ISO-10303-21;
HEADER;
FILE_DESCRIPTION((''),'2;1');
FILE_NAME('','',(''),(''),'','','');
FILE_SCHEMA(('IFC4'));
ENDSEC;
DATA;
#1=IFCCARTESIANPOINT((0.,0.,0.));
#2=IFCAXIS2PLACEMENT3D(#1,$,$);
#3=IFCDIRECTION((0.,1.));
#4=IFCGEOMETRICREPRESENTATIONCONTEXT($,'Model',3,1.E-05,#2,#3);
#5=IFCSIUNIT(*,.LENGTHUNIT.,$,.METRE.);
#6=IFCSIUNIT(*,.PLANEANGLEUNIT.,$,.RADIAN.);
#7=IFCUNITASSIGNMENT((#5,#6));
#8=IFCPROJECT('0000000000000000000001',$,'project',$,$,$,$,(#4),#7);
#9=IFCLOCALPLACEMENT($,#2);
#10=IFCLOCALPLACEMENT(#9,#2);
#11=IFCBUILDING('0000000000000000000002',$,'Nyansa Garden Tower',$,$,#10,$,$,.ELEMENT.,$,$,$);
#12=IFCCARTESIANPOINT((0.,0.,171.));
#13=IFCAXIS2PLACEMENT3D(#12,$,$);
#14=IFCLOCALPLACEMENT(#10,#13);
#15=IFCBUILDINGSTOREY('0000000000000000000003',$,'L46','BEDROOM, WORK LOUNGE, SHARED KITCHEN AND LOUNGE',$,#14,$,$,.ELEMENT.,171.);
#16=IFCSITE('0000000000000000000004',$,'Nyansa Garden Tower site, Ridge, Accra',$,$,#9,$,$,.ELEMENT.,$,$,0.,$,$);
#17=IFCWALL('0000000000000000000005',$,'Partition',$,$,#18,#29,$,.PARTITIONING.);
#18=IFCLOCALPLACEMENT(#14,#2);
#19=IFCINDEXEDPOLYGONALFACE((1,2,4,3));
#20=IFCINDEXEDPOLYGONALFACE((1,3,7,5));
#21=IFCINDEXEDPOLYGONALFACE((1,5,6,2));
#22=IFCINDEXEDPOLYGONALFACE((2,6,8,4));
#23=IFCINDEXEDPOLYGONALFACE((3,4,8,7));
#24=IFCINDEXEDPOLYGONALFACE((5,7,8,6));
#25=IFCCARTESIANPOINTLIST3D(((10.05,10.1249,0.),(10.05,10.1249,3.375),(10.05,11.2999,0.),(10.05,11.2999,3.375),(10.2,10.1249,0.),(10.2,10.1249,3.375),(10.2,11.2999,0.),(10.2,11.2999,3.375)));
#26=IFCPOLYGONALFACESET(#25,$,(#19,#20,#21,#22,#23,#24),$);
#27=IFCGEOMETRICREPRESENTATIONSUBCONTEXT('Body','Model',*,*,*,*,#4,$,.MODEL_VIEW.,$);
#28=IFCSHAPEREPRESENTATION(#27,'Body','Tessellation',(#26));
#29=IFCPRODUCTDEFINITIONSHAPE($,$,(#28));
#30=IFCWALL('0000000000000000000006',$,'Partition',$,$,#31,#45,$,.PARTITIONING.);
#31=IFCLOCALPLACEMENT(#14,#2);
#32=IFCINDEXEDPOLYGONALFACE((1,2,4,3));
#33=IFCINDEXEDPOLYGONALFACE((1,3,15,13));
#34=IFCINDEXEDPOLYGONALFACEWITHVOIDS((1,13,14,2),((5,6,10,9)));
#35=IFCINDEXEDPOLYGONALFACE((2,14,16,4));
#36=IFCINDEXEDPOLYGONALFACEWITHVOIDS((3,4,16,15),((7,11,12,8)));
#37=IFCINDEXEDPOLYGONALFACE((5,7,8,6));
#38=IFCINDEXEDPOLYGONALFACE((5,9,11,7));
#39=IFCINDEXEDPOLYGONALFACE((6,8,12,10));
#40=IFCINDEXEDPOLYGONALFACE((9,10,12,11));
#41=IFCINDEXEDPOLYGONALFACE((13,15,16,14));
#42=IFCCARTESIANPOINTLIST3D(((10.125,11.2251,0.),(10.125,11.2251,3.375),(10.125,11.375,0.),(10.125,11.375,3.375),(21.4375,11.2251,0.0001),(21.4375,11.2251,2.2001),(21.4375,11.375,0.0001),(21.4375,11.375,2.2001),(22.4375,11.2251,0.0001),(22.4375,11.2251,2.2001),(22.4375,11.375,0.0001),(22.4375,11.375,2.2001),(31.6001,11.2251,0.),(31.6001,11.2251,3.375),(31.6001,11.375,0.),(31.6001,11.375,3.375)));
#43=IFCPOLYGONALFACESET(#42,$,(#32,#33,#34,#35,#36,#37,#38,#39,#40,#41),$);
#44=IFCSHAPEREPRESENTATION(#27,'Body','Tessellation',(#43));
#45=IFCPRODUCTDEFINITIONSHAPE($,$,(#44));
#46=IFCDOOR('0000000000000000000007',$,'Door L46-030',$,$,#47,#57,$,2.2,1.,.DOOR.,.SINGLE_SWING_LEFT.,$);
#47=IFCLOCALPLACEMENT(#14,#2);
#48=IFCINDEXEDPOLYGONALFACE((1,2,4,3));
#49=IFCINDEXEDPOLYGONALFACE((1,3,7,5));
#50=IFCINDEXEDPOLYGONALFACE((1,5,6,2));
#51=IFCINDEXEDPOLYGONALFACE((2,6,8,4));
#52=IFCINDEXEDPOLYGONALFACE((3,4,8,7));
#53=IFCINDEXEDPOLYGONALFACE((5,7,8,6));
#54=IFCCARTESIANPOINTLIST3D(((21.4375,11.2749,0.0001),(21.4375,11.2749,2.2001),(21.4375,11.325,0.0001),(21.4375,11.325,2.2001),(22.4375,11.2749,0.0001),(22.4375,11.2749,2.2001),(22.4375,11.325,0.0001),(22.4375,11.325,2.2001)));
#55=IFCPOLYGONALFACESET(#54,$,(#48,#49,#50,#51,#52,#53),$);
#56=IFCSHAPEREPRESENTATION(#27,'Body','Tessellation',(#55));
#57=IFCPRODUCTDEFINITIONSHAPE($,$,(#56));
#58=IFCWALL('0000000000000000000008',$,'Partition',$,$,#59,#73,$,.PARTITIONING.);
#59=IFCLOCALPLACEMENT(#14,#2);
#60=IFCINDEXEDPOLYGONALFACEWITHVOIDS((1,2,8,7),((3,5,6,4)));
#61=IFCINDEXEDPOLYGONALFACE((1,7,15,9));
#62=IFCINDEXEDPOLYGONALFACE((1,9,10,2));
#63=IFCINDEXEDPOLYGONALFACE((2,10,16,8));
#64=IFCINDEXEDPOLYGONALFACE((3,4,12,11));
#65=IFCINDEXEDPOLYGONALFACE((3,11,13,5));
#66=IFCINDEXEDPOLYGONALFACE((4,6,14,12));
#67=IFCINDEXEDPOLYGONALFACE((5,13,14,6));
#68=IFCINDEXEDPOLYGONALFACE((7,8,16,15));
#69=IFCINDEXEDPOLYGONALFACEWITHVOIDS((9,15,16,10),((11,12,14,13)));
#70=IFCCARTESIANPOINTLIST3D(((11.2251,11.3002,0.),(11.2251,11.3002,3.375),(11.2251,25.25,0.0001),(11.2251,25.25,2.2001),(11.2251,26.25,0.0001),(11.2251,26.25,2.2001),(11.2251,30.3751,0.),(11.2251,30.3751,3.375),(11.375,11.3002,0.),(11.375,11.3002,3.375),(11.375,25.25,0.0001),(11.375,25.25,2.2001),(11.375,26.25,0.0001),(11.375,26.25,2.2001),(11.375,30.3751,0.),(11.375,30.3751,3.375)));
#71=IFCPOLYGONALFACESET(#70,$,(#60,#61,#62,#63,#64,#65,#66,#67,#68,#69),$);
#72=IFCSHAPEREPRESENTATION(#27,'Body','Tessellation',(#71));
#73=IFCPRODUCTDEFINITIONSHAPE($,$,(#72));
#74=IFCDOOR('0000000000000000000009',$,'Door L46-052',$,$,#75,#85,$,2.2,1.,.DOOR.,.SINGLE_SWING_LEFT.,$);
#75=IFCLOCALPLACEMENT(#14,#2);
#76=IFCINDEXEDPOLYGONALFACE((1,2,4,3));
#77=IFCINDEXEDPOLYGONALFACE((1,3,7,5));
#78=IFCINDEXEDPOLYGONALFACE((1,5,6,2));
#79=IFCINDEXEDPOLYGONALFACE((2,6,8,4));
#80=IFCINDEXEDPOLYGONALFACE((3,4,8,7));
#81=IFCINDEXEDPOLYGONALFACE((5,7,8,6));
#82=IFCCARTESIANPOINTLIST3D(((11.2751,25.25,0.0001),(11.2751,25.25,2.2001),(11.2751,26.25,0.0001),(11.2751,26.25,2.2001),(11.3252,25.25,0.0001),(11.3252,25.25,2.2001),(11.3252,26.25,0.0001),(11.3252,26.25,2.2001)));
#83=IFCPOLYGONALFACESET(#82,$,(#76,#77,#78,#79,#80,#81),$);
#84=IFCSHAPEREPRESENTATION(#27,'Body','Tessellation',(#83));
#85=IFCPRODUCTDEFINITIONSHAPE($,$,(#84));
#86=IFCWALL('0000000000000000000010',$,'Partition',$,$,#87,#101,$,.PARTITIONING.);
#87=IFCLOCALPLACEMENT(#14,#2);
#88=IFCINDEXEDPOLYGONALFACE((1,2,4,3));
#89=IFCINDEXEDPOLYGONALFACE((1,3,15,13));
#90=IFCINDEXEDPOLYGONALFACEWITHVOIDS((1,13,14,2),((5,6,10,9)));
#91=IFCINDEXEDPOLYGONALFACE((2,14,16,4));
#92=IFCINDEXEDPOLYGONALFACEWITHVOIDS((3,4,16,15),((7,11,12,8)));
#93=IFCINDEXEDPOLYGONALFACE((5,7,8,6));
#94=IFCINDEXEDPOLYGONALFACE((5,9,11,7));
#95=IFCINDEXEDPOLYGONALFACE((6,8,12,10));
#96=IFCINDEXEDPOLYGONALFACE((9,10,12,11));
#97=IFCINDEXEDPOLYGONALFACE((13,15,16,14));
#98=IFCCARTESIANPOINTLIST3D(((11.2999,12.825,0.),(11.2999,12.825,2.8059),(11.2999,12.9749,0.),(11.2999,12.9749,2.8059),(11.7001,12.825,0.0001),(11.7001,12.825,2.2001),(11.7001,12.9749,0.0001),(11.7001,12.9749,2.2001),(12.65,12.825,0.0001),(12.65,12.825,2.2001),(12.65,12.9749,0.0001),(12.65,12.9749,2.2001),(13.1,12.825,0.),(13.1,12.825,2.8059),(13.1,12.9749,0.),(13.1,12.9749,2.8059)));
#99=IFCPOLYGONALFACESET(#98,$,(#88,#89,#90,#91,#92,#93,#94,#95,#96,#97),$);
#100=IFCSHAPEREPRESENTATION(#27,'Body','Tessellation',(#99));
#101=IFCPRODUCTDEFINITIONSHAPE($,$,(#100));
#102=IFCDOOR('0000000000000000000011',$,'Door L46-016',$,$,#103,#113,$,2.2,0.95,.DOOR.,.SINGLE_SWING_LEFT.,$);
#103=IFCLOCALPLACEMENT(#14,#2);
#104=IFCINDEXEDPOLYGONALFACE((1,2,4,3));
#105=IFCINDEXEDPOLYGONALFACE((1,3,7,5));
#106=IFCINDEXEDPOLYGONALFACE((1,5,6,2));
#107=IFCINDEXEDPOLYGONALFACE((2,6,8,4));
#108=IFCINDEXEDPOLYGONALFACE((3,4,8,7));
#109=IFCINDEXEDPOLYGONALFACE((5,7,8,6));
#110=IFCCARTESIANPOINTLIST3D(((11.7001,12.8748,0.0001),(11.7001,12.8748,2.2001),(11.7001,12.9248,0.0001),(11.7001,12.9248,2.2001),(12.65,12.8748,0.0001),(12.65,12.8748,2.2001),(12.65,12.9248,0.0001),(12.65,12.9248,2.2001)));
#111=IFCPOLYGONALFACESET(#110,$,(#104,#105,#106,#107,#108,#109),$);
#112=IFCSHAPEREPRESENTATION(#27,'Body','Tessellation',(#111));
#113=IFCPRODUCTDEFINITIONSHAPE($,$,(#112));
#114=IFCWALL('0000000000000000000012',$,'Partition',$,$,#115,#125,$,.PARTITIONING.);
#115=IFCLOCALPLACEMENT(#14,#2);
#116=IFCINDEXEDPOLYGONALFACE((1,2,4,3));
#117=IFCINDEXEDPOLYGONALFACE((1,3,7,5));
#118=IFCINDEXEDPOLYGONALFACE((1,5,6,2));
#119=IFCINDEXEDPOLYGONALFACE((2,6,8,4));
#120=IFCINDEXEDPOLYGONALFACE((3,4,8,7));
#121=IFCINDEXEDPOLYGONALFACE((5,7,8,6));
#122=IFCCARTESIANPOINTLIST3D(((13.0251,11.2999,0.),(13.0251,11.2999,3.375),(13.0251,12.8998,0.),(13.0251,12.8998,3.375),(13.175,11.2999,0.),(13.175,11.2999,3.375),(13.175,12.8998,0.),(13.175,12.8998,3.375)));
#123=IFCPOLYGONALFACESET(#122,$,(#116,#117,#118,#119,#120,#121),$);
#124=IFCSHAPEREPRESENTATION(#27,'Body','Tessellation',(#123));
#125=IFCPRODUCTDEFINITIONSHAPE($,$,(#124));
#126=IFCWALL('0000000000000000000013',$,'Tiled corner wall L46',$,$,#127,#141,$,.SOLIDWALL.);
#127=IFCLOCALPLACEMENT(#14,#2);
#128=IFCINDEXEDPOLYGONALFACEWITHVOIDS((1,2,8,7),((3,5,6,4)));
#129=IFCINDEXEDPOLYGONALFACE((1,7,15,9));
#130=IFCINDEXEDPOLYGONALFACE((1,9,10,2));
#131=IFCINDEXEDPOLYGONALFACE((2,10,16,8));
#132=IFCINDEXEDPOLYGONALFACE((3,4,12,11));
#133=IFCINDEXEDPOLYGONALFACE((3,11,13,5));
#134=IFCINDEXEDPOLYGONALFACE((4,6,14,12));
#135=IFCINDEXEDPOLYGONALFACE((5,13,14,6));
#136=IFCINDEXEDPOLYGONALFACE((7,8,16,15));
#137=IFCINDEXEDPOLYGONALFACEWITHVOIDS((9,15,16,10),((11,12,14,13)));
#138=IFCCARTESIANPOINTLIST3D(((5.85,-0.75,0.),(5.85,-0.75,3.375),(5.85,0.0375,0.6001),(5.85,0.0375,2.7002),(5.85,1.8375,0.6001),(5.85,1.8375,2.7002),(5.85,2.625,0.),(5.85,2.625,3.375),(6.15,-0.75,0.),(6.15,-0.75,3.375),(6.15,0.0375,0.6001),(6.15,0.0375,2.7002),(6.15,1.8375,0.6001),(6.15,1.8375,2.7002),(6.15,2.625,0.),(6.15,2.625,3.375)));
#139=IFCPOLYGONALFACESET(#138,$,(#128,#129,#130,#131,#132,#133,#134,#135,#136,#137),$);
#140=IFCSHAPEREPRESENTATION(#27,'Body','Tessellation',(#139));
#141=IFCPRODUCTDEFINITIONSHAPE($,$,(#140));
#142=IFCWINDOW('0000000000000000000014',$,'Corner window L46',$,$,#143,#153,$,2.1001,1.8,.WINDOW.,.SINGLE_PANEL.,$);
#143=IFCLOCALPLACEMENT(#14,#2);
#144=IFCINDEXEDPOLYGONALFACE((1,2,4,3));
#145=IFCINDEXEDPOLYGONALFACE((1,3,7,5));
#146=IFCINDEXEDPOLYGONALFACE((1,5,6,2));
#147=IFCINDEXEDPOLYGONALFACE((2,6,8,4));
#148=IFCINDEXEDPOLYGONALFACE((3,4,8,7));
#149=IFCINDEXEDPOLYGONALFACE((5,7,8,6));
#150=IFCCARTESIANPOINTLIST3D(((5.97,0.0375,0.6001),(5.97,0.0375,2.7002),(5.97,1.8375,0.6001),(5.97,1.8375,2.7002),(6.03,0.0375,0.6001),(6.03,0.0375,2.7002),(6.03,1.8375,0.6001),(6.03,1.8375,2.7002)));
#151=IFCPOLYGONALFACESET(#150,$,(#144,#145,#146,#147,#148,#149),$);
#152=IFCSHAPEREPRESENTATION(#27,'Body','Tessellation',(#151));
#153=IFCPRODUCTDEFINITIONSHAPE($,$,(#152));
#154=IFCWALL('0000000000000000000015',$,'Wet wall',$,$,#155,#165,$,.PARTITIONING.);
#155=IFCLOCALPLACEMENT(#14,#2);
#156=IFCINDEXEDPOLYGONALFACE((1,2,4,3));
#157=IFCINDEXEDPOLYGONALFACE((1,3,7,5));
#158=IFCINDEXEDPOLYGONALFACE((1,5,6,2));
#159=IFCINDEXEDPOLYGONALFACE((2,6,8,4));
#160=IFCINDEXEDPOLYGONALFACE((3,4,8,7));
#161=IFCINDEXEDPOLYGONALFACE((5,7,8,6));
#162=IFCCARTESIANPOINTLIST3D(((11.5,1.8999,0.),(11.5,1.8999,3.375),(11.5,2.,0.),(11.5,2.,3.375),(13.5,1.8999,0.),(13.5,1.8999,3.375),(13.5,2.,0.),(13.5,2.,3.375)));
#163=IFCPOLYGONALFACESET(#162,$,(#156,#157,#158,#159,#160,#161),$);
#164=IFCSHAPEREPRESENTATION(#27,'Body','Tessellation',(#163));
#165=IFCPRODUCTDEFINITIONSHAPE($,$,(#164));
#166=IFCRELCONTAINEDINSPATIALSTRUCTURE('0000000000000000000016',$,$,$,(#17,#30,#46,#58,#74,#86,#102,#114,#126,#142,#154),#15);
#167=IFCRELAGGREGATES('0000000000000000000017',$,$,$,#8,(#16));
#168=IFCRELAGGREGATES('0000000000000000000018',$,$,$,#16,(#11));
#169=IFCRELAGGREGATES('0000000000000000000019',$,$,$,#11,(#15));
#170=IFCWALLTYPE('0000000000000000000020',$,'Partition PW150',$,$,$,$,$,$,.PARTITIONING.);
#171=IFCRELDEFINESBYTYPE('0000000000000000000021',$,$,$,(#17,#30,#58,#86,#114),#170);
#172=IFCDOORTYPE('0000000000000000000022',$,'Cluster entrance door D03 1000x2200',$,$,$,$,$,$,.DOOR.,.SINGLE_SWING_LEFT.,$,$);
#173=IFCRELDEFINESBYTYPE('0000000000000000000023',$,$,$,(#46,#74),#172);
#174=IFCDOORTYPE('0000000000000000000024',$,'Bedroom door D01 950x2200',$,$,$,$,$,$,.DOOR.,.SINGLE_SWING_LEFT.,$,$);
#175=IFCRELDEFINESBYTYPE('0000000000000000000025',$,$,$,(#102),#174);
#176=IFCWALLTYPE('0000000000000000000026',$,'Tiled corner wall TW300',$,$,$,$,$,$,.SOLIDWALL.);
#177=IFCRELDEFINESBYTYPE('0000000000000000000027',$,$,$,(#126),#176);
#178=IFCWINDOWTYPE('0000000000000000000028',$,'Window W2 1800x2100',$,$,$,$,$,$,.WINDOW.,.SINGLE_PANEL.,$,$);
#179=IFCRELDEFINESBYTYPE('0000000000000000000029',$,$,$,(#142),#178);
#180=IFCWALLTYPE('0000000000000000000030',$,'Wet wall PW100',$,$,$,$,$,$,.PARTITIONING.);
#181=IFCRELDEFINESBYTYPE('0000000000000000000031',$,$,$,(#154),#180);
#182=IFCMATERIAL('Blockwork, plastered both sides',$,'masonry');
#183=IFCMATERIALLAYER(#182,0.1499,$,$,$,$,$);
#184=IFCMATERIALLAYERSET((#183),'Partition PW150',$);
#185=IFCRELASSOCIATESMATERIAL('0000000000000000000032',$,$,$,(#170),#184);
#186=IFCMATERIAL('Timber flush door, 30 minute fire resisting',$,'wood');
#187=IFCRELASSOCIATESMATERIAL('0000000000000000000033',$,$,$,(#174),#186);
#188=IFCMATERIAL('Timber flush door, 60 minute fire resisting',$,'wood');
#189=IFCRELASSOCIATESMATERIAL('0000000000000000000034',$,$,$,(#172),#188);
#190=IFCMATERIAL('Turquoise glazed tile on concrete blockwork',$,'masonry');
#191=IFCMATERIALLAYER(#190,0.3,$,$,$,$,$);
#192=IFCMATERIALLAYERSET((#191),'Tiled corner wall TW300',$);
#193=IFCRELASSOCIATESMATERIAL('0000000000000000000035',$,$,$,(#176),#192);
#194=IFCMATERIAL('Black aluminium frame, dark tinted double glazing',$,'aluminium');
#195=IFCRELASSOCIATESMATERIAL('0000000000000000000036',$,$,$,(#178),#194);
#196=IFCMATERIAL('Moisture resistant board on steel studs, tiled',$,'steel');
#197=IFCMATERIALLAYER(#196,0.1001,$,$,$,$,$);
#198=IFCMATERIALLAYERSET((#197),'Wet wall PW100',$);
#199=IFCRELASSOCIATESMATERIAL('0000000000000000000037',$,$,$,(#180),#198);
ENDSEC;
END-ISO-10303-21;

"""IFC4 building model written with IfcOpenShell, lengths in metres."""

from ifc_helpers import new_model, si_unit, direction, frame, frame_2d, origin, place, context, subcontext, project, spatial, rectangle, extrude, material, layer, layer_set, type_object, element, fill, save


model = new_model("IFC4")

# Units and contexts
model_context = context("Model", 3, precision=1e-05, world=origin(), true_north=direction((0.0, 1.0)))
body_context = subcontext(model_context, "Body", "Model", "MODEL_VIEW")
ifc_project = project(units=[si_unit("LENGTHUNIT", "METRE"), si_unit("PLANEANGLEUNIT", "RADIAN")], contexts=[model_context])

# Site, building, storey
site_placement = place(None, origin())
site = spatial("IfcSite", under=ifc_project, at=site_placement, Name="Nyansa Garden Tower site, Ridge, Accra", CompositionType="ELEMENT", RefElevation=0.0)
building_placement = place(site_placement, origin())
building = spatial("IfcBuilding", under=site, at=building_placement, Name="Nyansa Garden Tower", CompositionType="ELEMENT")
storey_placement = place(building_placement, frame((0.0, 0.0, 171.0)))
storey = spatial("IfcBuildingStorey", under=building, at=storey_placement, Name="L46", Description="BEDROOM, WORK LOUNGE, SHARED KITCHEN AND LOUNGE", CompositionType="ELEMENT", Elevation=171.0)

# Shared definitions
ifc_material_1 = material(Name="Blockwork, plastered both sides", Category="masonry")
ifc_layer_1 = layer(ifc_material_1, 0.1499)
ifc_layer_set_1 = layer_set([ifc_layer_1], Name="Partition PW150")
wall_type_1 = type_object("IfcWallType", Name="Partition PW150", PredefinedType="PARTITIONING", material=ifc_layer_set_1)

# Shared definitions
ifc_material_2 = material(Name="Timber flush door, 30 minute fire resisting", Category="wood")
door_type_1 = type_object("IfcDoorType", Name="Bedroom door D01 950x2200", OperationType="SINGLE_SWING_LEFT", PredefinedType="DOOR", material=ifc_material_2)

# Wall
wall_1_placement = place(storey_placement, frame((10.125, 10.125, 0.0), z_axis=(0.0, 0.0, 1.0), x_axis=(0.0, 1.0, 0.0)))
element("IfcWall", 1, at=wall_1_placement, inside=storey, type_object=wall_type_1, Name="Partition", PredefinedType="PARTITIONING", context=body_context, shape_type="SweptSolid", body=[
    extrude(rectangle(XDim=1.175, YDim=0.1499, at=frame_2d((0.5874, 0.0))), origin(), (0.0, 0.0, 1.0), 3.375),
])

# Walls, openings, doors
wall_2_placement = place(storey_placement, frame((10.125, 11.3, 0.0), z_axis=(0.0, 0.0, 1.0), x_axis=(1.0, 0.0, 0.0)))
wall_2 = element("IfcWall", 2, at=wall_2_placement, inside=storey, type_object=wall_type_1, Name="Partition", PredefinedType="PARTITIONING", context=body_context, shape_type="SweptSolid", body=[
    extrude(rectangle(XDim=21.4751, YDim=0.1499, at=frame_2d((10.7375, 0.0))), origin(), (0.0, 0.0, 1.0), 3.375),
])
opening_1_placement = place(wall_2_placement, frame((11.3125, 0.0, 0.0)))
opening_1 = element("IfcOpeningElement", 3, at=opening_1_placement, cuts=wall_2, PredefinedType="OPENING", context=body_context, shape_type="SweptSolid", body=[
    extrude(rectangle(XDim=1.0, YDim=2.2, at=frame_2d((0.5, 1.1001))), frame((0.0, 0.085, 0.0), z_axis=(0.0, -1.0, 0.0), x_axis=(1.0, 0.0, 0.0)), (0.0, 0.0, 1.0), 0.1699),
])
ifc_material_3 = material(Name="Timber flush door, 60 minute fire resisting", Category="wood")
door_type_2 = type_object("IfcDoorType", Name="Cluster entrance door D03 1000x2200", OperationType="SINGLE_SWING_LEFT", PredefinedType="DOOR", material=ifc_material_3)
door_1_placement = place(opening_1_placement, origin())
door_1 = element("IfcDoor", 4, at=door_1_placement, inside=storey, type_object=door_type_2, Name="Door L46-030", OperationType="SINGLE_SWING_LEFT", OverallHeight=2.2, OverallWidth=1.0, PredefinedType="DOOR", context=body_context, shape_type="SweptSolid", body=[
    extrude(rectangle(XDim=1.0, YDim=2.2, at=frame_2d((0.5, 1.1001))), frame((0.0, 0.0249, 0.0), z_axis=(0.0, -1.0, 0.0), x_axis=(1.0, 0.0, 0.0)), (0.0, 0.0, 1.0), 0.05),
])
fill(opening_1, door_1)
wall_3_placement = place(storey_placement, frame((11.3, 11.3, 0.0), z_axis=(0.0, 0.0, 1.0), x_axis=(0.0, 1.0, 0.0)))
wall_3 = element("IfcWall", 5, at=wall_3_placement, inside=storey, type_object=wall_type_1, Name="Partition", PredefinedType="PARTITIONING", context=body_context, shape_type="SweptSolid", body=[
    extrude(rectangle(XDim=19.075, YDim=0.1499, at=frame_2d((9.5376, 0.0))), origin(), (0.0, 0.0, 1.0), 3.375),
])
opening_2_placement = place(wall_3_placement, frame((13.95, 0.0, 0.0)))
opening_2 = element("IfcOpeningElement", 6, at=opening_2_placement, cuts=wall_3, PredefinedType="OPENING", context=body_context, shape_type="SweptSolid", body=[
    extrude(rectangle(XDim=1.0, YDim=2.2, at=frame_2d((0.5, 1.1001))), frame((0.0, 0.085, 0.0), z_axis=(0.0, -1.0, 0.0), x_axis=(1.0, 0.0, 0.0)), (0.0, 0.0, 1.0), 0.1699),
])
door_2_placement = place(opening_2_placement, origin())
door_2 = element("IfcDoor", 7, at=door_2_placement, inside=storey, type_object=door_type_2, Name="Door L46-052", OperationType="SINGLE_SWING_LEFT", OverallHeight=2.2, OverallWidth=1.0, PredefinedType="DOOR", context=body_context, shape_type="SweptSolid", body=[
    extrude(rectangle(XDim=1.0, YDim=2.2, at=frame_2d((0.5, 1.1001))), frame((0.0, 0.0249, 0.0), z_axis=(0.0, -1.0, 0.0), x_axis=(1.0, 0.0, 0.0)), (0.0, 0.0, 1.0), 0.05),
])
fill(opening_2, door_2)
wall_4_placement = place(storey_placement, frame((11.3, 12.8999, 0.0), z_axis=(0.0, 0.0, 1.0), x_axis=(1.0, 0.0, 0.0)))
wall_4 = element("IfcWall", 8, at=wall_4_placement, inside=storey, type_object=wall_type_1, Name="Partition", PredefinedType="PARTITIONING", context=body_context, shape_type="SweptSolid", body=[
    extrude(rectangle(XDim=1.8, YDim=0.1499, at=frame_2d((0.8999, 0.0))), origin(), (0.0, 0.0, 1.0), 2.8059),
])
opening_3_placement = place(wall_4_placement, frame((0.3999, 0.0, 0.0)))
opening_3 = element("IfcOpeningElement", 9, at=opening_3_placement, cuts=wall_4, PredefinedType="OPENING", context=body_context, shape_type="SweptSolid", body=[
    extrude(rectangle(XDim=0.95, YDim=2.2, at=frame_2d((0.4751, 1.1001))), frame((0.0, 0.085, 0.0), z_axis=(0.0, -1.0, 0.0), x_axis=(1.0, 0.0, 0.0)), (0.0, 0.0, 1.0), 0.1699),
])
door_3_placement = place(opening_3_placement, origin())
door_3 = element("IfcDoor", 10, at=door_3_placement, inside=storey, type_object=door_type_1, Name="Door L46-016", OperationType="SINGLE_SWING_LEFT", OverallHeight=2.2, OverallWidth=0.95, PredefinedType="DOOR", context=body_context, shape_type="SweptSolid", body=[
    extrude(rectangle(XDim=0.95, YDim=2.2, at=frame_2d((0.4751, 1.1001))), frame((0.0, 0.0249, 0.0), z_axis=(0.0, -1.0, 0.0), x_axis=(1.0, 0.0, 0.0)), (0.0, 0.0, 1.0), 0.05),
])
fill(opening_3, door_3)

# Wall
wall_5_placement = place(storey_placement, frame((13.1001, 11.3, 0.0), z_axis=(0.0, 0.0, 1.0), x_axis=(0.0, 1.0, 0.0)))
element("IfcWall", 11, at=wall_5_placement, inside=storey, type_object=wall_type_1, Name="Partition", PredefinedType="PARTITIONING", context=body_context, shape_type="SweptSolid", body=[
    extrude(rectangle(XDim=1.5999, YDim=0.1499, at=frame_2d((0.7998, 0.0))), origin(), (0.0, 0.0, 1.0), 3.375),
])

# Wall, opening, window
ifc_material_4 = material(Name="Turquoise glazed tile on concrete blockwork", Category="masonry")
ifc_layer_2 = layer(ifc_material_4, 0.3)
ifc_layer_set_2 = layer_set([ifc_layer_2], Name="Tiled corner wall TW300")
wall_type_2 = type_object("IfcWallType", Name="Tiled corner wall TW300", PredefinedType="SOLIDWALL", material=ifc_layer_set_2)
wall_6_placement = place(storey_placement, frame((6.0, 2.625, 0.0), z_axis=(0.0, 0.0, 1.0), x_axis=(0.0, -1.0, 0.0)))
wall_6 = element("IfcWall", 12, at=wall_6_placement, inside=storey, type_object=wall_type_2, Name="Tiled corner wall L46", PredefinedType="SOLIDWALL", context=body_context, shape_type="SweptSolid", body=[
    extrude(rectangle(XDim=3.375, YDim=0.3, at=frame_2d((1.6875, 0.0))), origin(), (0.0, 0.0, 1.0), 3.375),
])
opening_4_placement = place(wall_6_placement, frame((0.7876, 0.0, 0.6001)))
opening_4 = element("IfcOpeningElement", 13, at=opening_4_placement, cuts=wall_6, PredefinedType="OPENING", context=body_context, shape_type="SweptSolid", body=[
    extrude(rectangle(XDim=1.8, YDim=2.1001, at=frame_2d((0.8999, 1.05))), frame((0.0, 0.1599, 0.0), z_axis=(0.0, -1.0, 0.0), x_axis=(1.0, 0.0, 0.0)), (0.0, 0.0, 1.0), 0.3201),
])
ifc_material_5 = material(Name="Black aluminium frame, dark tinted double glazing", Category="aluminium")
window_type = type_object("IfcWindowType", Name="Window W2 1800x2100", PartitioningType="SINGLE_PANEL", PredefinedType="WINDOW", material=ifc_material_5)
window_placement = place(opening_4_placement, origin())
window = element("IfcWindow", 14, at=window_placement, inside=storey, type_object=window_type, Name="Corner window L46", OverallHeight=2.1001, OverallWidth=1.8, PartitioningType="SINGLE_PANEL", PredefinedType="WINDOW", context=body_context, shape_type="SweptSolid", body=[
    extrude(rectangle(XDim=1.8, YDim=2.1001, at=frame_2d((0.8999, 1.05))), frame((0.0, 0.03, 0.0), z_axis=(0.0, -1.0, 0.0), x_axis=(1.0, 0.0, 0.0)), (0.0, 0.0, 1.0), 0.0601),
])
fill(opening_4, window)

# Wall
ifc_material_6 = material(Name="Moisture resistant board on steel studs, tiled", Category="steel")
ifc_layer_3 = layer(ifc_material_6, 0.1001)
ifc_layer_set_3 = layer_set([ifc_layer_3], Name="Wet wall PW100")
wall_type_3 = type_object("IfcWallType", Name="Wet wall PW100", PredefinedType="PARTITIONING", material=ifc_layer_set_3)
wall_7_placement = place(storey_placement, frame((11.5, 1.95, 0.0), z_axis=(0.0, 0.0, 1.0), x_axis=(1.0, 0.0, 0.0)))
element("IfcWall", 15, at=wall_7_placement, inside=storey, type_object=wall_type_3, Name="Wet wall", PredefinedType="PARTITIONING", context=body_context, shape_type="SweptSolid", body=[
    extrude(rectangle(XDim=2.0, YDim=0.1001, at=frame_2d((1.0, 0.0))), origin(), (0.0, 0.0, 1.0), 3.375),
])

save(model, "model.ifc")
